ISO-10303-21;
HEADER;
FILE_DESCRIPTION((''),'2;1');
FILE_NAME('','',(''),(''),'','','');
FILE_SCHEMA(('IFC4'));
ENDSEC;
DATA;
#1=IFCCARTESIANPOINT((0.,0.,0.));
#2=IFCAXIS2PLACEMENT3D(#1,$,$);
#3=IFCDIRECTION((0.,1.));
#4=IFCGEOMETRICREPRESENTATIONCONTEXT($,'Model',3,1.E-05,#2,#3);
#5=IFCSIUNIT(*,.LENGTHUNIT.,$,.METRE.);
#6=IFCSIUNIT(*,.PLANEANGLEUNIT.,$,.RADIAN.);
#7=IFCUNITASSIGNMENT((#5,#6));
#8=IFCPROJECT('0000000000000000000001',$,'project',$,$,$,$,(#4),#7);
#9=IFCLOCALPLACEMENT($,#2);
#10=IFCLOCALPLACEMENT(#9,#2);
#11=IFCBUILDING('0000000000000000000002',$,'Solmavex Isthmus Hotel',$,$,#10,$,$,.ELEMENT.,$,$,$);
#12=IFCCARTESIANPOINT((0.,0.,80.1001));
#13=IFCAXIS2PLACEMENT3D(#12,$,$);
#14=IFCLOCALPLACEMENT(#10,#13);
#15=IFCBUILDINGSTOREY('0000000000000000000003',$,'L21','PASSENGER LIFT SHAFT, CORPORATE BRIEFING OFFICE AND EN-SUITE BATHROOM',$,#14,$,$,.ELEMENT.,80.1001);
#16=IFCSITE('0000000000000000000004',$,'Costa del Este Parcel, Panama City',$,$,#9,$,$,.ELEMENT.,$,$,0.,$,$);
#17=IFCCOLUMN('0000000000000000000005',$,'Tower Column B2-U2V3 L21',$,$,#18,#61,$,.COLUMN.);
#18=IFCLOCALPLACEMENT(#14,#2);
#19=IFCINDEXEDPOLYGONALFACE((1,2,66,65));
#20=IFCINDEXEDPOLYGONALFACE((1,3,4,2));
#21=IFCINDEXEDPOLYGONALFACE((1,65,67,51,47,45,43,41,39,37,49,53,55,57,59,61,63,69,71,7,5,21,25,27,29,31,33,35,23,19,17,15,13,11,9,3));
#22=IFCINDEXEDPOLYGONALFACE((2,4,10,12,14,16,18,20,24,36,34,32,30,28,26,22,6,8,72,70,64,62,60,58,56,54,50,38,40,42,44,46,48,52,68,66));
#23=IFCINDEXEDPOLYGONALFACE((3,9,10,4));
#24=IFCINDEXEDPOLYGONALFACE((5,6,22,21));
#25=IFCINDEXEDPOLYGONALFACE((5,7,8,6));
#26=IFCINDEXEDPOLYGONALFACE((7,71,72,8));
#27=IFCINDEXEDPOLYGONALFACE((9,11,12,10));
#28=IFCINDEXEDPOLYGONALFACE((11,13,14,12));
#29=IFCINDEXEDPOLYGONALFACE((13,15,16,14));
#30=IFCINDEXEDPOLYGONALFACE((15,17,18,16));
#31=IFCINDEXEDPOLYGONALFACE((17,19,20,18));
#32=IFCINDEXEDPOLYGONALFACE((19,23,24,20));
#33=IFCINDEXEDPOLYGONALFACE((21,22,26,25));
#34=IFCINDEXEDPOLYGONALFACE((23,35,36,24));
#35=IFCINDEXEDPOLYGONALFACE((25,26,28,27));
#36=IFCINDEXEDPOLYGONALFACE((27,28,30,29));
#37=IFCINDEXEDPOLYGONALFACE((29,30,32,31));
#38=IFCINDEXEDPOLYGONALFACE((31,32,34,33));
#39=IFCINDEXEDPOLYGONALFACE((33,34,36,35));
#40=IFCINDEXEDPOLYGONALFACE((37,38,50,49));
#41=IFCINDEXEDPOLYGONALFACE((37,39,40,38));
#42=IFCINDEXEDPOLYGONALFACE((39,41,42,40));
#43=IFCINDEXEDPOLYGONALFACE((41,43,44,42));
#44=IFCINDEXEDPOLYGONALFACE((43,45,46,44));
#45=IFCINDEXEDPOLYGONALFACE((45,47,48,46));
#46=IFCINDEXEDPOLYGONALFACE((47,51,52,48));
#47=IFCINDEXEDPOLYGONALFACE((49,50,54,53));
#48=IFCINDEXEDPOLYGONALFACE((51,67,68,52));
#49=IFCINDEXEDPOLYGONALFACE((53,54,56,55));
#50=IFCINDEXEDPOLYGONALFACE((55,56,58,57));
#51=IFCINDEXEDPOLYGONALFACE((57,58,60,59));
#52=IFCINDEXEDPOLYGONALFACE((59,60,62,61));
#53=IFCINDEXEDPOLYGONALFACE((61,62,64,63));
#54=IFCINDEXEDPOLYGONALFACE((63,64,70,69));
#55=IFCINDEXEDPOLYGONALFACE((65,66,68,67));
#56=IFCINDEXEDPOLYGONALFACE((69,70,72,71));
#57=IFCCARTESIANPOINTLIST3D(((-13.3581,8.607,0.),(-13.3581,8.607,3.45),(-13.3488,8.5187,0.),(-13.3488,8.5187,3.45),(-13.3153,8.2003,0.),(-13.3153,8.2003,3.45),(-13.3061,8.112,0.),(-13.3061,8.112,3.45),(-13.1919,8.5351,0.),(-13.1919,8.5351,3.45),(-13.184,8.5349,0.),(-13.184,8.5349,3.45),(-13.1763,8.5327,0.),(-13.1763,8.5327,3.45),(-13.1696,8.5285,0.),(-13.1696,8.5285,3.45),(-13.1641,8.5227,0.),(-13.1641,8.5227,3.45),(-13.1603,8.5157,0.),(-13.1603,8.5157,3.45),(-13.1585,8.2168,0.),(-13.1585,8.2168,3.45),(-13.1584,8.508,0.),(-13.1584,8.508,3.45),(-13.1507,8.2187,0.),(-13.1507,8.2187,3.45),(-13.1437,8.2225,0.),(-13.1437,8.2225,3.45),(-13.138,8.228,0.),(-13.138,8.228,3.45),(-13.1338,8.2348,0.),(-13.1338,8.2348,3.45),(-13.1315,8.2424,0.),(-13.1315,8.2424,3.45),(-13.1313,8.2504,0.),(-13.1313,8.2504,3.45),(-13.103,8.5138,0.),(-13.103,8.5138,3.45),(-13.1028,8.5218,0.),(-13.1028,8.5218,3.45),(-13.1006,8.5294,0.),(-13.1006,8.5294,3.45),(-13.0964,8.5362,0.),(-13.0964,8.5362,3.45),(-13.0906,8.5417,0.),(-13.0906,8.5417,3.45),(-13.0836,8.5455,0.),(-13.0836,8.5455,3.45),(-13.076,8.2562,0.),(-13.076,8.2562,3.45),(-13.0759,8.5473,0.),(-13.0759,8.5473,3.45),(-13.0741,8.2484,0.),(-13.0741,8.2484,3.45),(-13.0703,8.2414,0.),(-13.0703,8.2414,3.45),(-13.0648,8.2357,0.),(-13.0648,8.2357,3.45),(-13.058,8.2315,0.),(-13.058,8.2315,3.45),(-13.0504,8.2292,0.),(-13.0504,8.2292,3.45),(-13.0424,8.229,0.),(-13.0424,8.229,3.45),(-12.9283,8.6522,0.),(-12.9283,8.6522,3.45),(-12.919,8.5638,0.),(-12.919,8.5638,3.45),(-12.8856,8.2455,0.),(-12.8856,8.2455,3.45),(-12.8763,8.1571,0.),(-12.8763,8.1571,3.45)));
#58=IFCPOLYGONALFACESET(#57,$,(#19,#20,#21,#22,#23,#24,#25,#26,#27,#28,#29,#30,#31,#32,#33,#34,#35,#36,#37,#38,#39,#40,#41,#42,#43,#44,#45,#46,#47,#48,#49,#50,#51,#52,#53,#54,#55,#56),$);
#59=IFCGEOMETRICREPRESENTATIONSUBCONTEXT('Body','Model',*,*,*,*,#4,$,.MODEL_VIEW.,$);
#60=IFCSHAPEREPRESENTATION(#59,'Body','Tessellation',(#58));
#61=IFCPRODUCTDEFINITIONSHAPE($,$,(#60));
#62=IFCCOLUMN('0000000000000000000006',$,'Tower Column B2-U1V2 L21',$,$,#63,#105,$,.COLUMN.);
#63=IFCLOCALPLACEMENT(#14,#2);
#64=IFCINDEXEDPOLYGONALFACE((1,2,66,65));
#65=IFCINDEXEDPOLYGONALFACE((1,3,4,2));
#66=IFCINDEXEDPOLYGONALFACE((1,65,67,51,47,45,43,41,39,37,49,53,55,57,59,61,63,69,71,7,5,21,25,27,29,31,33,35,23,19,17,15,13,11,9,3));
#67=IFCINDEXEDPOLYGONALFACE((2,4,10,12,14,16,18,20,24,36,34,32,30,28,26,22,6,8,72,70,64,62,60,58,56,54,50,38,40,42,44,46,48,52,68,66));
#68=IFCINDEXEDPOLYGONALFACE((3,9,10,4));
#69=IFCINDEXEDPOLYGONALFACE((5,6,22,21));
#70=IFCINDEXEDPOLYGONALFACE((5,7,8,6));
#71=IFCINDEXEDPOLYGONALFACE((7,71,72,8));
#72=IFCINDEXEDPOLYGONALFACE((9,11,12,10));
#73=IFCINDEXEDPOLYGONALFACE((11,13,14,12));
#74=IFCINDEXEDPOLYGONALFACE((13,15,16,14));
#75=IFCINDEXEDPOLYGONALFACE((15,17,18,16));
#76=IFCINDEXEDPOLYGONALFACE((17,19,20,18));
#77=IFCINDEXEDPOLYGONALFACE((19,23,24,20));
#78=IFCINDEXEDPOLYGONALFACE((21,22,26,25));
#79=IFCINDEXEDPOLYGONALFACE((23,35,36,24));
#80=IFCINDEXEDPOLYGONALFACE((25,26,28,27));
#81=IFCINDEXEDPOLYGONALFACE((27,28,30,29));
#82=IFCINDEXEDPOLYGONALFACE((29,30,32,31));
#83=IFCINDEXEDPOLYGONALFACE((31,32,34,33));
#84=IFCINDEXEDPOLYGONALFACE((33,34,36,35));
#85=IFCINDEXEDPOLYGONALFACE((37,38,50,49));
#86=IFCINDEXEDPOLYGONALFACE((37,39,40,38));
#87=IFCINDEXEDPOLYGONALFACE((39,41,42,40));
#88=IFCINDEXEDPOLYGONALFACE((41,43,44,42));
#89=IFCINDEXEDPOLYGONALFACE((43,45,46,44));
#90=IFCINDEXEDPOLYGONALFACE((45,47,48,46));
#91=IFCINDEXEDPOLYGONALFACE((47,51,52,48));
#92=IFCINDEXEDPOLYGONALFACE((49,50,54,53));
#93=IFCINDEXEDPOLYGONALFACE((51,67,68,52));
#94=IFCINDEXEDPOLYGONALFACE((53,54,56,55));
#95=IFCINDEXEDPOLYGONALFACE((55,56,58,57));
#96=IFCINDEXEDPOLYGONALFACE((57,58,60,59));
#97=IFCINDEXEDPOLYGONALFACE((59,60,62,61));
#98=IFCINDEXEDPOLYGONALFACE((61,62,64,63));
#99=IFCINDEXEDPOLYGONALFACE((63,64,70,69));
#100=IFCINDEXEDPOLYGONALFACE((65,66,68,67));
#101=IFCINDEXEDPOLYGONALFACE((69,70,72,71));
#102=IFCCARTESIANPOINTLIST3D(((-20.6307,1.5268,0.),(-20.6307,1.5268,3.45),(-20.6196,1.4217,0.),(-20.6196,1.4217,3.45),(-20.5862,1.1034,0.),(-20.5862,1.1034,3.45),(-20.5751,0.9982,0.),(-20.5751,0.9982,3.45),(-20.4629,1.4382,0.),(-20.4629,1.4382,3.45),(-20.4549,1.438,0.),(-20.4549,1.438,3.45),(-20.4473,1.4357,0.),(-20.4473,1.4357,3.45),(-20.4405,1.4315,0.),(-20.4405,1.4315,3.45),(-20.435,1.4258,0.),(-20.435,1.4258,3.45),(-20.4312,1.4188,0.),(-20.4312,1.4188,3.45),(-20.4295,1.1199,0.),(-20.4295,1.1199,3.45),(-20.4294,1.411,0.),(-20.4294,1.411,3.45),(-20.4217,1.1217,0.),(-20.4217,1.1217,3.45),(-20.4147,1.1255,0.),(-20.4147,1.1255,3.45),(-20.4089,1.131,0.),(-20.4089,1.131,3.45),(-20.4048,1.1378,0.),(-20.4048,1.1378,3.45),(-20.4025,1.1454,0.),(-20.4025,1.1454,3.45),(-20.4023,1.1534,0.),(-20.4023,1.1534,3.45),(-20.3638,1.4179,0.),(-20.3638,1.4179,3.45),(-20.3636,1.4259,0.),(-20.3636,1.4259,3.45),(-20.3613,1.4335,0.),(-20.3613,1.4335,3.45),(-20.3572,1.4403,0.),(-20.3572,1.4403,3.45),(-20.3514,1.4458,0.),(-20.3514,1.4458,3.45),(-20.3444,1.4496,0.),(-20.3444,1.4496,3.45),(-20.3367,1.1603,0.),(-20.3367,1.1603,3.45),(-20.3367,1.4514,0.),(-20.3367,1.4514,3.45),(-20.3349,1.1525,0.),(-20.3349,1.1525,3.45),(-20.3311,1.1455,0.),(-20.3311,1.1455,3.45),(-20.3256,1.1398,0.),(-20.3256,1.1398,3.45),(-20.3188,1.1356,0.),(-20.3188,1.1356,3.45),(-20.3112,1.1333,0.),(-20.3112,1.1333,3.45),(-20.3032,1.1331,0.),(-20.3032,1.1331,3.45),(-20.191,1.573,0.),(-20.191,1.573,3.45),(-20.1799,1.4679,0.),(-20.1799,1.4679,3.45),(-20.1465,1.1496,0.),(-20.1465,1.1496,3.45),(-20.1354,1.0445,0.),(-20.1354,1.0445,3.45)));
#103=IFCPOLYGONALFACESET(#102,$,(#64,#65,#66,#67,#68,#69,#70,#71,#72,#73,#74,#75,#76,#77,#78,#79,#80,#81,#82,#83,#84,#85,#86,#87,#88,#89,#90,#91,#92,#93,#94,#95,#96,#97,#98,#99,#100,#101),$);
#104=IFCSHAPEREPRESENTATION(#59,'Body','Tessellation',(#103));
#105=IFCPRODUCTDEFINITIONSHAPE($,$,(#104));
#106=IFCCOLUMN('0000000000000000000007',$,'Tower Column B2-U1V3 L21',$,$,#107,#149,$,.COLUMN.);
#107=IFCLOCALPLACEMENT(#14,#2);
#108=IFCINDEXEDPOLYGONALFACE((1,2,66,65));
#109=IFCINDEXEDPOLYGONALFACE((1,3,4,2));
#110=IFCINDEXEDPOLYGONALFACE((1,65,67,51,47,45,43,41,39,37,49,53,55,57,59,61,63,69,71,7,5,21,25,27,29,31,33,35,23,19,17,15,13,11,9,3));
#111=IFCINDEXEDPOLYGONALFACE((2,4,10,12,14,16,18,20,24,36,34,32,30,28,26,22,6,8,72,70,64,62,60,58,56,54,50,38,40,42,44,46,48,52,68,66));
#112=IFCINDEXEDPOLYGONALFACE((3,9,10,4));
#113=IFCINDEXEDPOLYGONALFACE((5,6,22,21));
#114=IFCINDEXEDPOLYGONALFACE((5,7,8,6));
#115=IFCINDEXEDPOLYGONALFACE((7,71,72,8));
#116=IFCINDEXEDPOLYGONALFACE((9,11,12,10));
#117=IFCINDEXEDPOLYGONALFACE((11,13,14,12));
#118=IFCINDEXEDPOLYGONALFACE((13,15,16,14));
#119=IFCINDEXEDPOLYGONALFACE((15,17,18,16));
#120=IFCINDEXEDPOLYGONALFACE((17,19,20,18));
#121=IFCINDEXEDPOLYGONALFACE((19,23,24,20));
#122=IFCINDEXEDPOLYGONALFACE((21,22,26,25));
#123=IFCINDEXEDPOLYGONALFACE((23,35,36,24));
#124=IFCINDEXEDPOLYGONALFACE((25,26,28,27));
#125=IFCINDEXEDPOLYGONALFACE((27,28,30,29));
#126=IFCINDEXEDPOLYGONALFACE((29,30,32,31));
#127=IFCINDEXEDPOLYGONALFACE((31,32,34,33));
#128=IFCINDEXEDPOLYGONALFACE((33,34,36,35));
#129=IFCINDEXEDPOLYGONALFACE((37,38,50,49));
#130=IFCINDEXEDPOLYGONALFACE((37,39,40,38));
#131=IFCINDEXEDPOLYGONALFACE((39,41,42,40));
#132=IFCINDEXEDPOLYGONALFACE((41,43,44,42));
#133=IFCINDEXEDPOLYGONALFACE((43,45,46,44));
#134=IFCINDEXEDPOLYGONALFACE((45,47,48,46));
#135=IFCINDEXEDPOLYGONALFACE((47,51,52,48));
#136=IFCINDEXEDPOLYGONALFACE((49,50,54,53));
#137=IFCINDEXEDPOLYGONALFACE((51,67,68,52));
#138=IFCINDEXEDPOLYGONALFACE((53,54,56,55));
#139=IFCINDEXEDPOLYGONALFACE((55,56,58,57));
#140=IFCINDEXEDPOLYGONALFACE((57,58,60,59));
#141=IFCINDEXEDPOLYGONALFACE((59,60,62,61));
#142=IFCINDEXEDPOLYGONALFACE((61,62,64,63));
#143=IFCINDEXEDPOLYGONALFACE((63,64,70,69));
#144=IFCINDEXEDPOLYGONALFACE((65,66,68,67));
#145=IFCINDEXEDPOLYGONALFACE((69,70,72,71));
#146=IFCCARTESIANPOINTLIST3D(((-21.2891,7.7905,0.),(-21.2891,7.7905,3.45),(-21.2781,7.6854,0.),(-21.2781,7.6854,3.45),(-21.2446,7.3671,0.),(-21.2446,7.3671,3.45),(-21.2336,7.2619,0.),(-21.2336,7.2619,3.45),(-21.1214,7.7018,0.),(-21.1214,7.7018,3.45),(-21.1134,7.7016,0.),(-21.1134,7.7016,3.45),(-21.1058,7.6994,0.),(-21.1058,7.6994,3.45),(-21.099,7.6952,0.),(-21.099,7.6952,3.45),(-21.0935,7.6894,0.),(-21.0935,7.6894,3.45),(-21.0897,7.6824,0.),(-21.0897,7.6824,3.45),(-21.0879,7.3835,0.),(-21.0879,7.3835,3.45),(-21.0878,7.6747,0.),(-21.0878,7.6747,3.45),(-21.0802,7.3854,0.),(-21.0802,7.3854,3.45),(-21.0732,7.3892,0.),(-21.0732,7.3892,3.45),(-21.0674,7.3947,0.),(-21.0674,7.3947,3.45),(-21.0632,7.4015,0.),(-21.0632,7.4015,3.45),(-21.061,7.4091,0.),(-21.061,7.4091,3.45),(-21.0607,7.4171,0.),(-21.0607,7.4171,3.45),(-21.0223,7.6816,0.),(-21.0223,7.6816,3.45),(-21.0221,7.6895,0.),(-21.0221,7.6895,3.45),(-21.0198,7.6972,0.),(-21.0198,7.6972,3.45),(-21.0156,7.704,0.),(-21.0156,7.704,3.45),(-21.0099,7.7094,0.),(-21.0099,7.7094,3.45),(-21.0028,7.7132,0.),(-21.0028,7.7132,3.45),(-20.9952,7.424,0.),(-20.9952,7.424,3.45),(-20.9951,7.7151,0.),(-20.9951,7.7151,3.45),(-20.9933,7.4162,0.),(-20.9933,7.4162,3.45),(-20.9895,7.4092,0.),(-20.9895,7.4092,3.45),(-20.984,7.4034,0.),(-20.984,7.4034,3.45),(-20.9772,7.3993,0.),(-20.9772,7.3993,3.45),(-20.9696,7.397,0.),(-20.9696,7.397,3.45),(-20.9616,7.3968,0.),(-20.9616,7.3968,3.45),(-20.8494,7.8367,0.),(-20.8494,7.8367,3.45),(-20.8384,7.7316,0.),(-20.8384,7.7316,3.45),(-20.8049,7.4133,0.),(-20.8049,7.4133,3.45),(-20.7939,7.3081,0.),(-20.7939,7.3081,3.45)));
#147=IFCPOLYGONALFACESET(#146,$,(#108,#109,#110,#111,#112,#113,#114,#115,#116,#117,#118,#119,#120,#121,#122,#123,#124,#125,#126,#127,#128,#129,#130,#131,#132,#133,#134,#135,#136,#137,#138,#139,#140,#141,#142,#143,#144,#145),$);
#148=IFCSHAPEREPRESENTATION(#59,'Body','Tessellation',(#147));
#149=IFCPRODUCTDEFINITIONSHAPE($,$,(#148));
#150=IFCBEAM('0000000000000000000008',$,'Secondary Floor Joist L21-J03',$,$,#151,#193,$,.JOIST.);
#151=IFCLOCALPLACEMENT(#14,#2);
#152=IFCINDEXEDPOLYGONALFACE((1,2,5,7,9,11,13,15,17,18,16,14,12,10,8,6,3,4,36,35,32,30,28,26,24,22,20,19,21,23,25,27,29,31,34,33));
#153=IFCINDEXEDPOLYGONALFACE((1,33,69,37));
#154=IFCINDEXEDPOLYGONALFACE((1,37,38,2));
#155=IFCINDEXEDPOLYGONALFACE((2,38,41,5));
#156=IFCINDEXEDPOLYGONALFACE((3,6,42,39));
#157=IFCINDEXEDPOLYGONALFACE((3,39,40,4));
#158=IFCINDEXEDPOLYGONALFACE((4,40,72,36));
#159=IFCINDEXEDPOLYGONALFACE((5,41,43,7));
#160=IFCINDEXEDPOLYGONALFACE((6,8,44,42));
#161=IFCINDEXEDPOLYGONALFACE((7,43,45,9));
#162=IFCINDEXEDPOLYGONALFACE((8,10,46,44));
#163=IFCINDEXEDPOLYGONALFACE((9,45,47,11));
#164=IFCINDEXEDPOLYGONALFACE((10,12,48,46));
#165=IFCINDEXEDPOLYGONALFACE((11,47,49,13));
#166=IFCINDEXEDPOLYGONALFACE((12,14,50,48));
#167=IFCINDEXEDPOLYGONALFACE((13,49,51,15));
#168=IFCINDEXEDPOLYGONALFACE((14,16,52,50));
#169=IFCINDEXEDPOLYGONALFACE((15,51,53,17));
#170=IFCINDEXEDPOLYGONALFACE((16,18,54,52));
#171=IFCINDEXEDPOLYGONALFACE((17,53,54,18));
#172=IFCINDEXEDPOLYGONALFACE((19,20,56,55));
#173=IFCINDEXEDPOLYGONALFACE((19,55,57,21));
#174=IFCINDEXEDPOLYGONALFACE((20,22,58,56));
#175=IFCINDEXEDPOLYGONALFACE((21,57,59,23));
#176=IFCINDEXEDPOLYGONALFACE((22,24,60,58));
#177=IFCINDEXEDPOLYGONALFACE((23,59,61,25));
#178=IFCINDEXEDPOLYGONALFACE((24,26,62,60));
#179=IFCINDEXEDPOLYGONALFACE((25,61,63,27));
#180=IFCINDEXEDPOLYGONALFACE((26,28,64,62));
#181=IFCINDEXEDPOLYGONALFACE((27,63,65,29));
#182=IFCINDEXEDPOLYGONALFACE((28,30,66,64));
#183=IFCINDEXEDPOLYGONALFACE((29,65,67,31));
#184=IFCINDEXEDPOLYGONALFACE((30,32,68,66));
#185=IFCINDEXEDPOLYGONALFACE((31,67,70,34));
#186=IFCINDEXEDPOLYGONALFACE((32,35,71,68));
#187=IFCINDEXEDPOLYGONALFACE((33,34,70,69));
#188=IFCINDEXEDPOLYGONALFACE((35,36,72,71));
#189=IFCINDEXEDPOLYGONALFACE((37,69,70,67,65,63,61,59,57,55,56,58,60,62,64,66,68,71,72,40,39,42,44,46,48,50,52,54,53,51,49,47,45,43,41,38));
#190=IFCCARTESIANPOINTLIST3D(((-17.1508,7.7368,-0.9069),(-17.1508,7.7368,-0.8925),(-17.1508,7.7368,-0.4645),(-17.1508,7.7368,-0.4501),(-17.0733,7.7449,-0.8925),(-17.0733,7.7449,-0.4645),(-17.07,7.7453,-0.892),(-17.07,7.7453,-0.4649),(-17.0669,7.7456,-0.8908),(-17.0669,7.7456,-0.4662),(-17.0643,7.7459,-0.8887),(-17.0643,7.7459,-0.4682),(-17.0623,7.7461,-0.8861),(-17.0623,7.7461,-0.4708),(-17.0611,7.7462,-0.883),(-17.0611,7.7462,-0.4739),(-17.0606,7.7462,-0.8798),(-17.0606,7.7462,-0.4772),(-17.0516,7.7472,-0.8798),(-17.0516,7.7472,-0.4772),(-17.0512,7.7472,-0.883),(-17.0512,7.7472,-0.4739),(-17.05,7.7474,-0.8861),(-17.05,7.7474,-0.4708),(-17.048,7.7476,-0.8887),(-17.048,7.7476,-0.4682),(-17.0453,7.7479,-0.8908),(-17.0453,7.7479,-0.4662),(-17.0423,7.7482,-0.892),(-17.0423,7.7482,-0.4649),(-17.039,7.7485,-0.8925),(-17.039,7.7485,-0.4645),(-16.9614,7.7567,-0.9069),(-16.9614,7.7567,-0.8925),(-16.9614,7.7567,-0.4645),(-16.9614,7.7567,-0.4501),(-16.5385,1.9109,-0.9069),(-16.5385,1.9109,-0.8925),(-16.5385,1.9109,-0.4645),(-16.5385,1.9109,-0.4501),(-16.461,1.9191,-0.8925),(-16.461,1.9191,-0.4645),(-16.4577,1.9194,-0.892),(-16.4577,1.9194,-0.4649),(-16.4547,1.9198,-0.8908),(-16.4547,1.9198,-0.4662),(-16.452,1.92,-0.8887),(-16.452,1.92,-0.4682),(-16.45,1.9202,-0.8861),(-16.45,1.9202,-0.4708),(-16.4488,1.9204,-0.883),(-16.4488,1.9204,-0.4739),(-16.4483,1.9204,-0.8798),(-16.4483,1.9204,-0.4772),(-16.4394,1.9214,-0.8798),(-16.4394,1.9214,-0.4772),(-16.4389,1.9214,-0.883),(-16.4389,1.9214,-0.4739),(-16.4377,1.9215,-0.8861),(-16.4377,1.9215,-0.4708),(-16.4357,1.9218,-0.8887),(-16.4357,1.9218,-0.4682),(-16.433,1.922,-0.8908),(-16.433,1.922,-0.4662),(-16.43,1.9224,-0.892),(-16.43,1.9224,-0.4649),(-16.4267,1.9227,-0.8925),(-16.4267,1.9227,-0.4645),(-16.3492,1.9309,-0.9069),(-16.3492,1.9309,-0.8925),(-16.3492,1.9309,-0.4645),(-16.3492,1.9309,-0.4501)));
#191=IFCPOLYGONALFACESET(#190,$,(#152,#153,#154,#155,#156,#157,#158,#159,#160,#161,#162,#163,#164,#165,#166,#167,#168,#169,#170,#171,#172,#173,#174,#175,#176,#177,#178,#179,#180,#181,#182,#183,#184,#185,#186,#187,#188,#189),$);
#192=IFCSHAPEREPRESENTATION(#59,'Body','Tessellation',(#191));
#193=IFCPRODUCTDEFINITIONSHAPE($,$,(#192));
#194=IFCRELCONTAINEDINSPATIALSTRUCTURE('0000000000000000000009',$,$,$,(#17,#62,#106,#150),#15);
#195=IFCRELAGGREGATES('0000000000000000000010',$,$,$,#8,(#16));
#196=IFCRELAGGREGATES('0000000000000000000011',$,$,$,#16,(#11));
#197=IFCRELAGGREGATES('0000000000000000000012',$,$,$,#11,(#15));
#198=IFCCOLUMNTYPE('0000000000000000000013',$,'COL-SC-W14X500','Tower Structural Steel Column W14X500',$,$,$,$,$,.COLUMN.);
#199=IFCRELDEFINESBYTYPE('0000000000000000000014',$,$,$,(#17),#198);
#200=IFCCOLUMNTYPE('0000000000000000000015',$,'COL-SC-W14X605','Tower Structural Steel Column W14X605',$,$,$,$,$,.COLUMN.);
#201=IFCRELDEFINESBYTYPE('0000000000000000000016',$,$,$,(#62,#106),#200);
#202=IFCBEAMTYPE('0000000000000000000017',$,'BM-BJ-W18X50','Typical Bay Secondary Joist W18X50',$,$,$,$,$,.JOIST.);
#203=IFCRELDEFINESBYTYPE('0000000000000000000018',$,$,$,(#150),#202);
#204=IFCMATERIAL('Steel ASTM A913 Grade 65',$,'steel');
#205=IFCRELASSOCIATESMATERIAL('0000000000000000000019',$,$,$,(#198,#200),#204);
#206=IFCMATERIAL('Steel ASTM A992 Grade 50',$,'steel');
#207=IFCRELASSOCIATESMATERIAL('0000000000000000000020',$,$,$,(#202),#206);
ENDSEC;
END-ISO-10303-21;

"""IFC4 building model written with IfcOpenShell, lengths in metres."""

from ifc_helpers import new_model, si_unit, direction, frame, origin, origin_2d, place, context, subcontext, project, spatial, i_section, extrude, material, material_profile, profile_set, type_object, element, save


model = new_model("IFC4")

# Units and contexts
model_context = context("Model", 3, precision=1e-05, world=origin(), true_north=direction((0.0, 1.0)))
body_context = subcontext(model_context, "Body", "Model", "MODEL_VIEW")
ifc_project = project(units=[si_unit("LENGTHUNIT", "METRE"), si_unit("PLANEANGLEUNIT", "RADIAN")], contexts=[model_context])

# Site, building, storey
site_placement = place(None, origin())
site = spatial("IfcSite", under=ifc_project, at=site_placement, Name="Costa del Este Parcel, Panama City", CompositionType="ELEMENT", RefElevation=0.0)
building_placement = place(site_placement, origin())
building = spatial("IfcBuilding", under=site, at=building_placement, Name="Solmavex Isthmus Hotel", CompositionType="ELEMENT")
storey_placement = place(building_placement, frame((0.0, 0.0, 80.1001)))
storey = spatial("IfcBuildingStorey", under=building, at=storey_placement, Name="L21", Description="PASSENGER LIFT SHAFT, CORPORATE BRIEFING OFFICE AND EN-SUITE BATHROOM", CompositionType="ELEMENT", Elevation=80.1001)

# Columns
ifc_material_1 = material(Name="Steel ASTM A913 Grade 65", Category="steel")
ifc_material_profile_1 = material_profile(ifc_material_1, i_section(OverallWidth=0.4321, OverallDepth=0.4978, WebThickness=0.0557, FlangeThickness=0.0889, FilletRadius=0.0305, at=origin_2d()), Name="W14X500")
ifc_profile_set_1 = profile_set([ifc_material_profile_1], Name="Steel ASTM A913 Grade 65")
column_type_1 = type_object("IfcColumnType", Name="COL-SC-W14X500", Description="Tower Structural Steel Column W14X500", PredefinedType="COLUMN", material=ifc_profile_set_1)
column_placement = place(storey_placement, frame((-13.1172, 8.3821, 0.0), z_axis=(0.0, 0.0, 1.0), x_axis=(0.994522, 0.104528, 0.0)))
element("IfcColumn", 1, at=column_placement, inside=storey, type_object=column_type_1, Name="Tower Column B2-U2V3 L21", PredefinedType="COLUMN", context=body_context, shape_type="SweptSolid", body=[
    extrude(i_section(OverallWidth=0.4321, OverallDepth=0.4978, WebThickness=0.0557, FlangeThickness=0.0889, FilletRadius=0.0305, at=origin_2d()), origin(), (0.0, 0.0, 1.0), 3.45),
])
ifc_material_profile_2 = material_profile(ifc_material_1, i_section(OverallWidth=0.4421, OverallDepth=0.5315, WebThickness=0.0659, FlangeThickness=0.1057, FilletRadius=0.0305, at=origin_2d()), Name="W14X605")
ifc_profile_set_2 = profile_set([ifc_material_profile_2], Name="Steel ASTM A913 Grade 65")
column_type_2 = type_object("IfcColumnType", Name="COL-SC-W14X605", Description="Tower Structural Steel Column W14X605", PredefinedType="COLUMN", material=ifc_profile_set_2)
for number, where, z_axis, x_axis, name in (
    (2, (-20.3831, 1.2856, 0.0), (0.0, 0.0, 1.0), (0.994522, 0.104528, 0.0), "Tower Column B2-U1V2 L21"),
    (3, (-21.0415, 7.5493, 0.0), (0.0, 0.0, 1.0), (0.994522, 0.104528, 0.0), "Tower Column B2-U1V3 L21"),
):
    element("IfcColumn", number, at=place(storey_placement, frame(where, z_axis=z_axis, x_axis=x_axis)), inside=storey, type_object=column_type_2, Name=name, PredefinedType="COLUMN", context=body_context, shape_type="SweptSolid", body=[
        extrude(i_section(OverallWidth=0.4421, OverallDepth=0.5315, WebThickness=0.0659, FlangeThickness=0.1057, FilletRadius=0.0305, at=origin_2d()), origin(), (0.0, 0.0, 1.0), 3.45),
    ])

# Beam
ifc_material_2 = material(Name="Steel ASTM A992 Grade 50", Category="steel")
ifc_material_profile_3 = material_profile(ifc_material_2, i_section(OverallWidth=0.1904, OverallDepth=0.4568, WebThickness=0.009, FlangeThickness=0.0144, FilletRadius=0.0127, at=origin_2d()), Name="W18X50")
ifc_profile_set_3 = profile_set([ifc_material_profile_3], Name="Steel ASTM A992 Grade 50")
beam_type_1 = type_object("IfcBeamType", Name="BM-BJ-W18X50", Description="Typical Bay Secondary Joist W18X50", PredefinedType="JOIST", material=ifc_profile_set_3)
beam_1_placement = place(storey_placement, frame((-16.4438, 1.9209, -0.6785), z_axis=(-0.104524, 0.994522, 0.0), x_axis=(-0.994522, -0.104524, 0.0)))
element("IfcBeam", 4, at=beam_1_placement, inside=storey, type_object=beam_type_1, Name="Secondary Floor Joist L21-J03", PredefinedType="JOIST", context=body_context, shape_type="SweptSolid", body=[
    extrude(i_section(OverallWidth=0.1904, OverallDepth=0.4568, WebThickness=0.009, FlangeThickness=0.0144, FilletRadius=0.0127, at=origin_2d()), origin(), (0.0, 0.0, 1.0), 5.8579),
])

save(model, "model.ifc")
